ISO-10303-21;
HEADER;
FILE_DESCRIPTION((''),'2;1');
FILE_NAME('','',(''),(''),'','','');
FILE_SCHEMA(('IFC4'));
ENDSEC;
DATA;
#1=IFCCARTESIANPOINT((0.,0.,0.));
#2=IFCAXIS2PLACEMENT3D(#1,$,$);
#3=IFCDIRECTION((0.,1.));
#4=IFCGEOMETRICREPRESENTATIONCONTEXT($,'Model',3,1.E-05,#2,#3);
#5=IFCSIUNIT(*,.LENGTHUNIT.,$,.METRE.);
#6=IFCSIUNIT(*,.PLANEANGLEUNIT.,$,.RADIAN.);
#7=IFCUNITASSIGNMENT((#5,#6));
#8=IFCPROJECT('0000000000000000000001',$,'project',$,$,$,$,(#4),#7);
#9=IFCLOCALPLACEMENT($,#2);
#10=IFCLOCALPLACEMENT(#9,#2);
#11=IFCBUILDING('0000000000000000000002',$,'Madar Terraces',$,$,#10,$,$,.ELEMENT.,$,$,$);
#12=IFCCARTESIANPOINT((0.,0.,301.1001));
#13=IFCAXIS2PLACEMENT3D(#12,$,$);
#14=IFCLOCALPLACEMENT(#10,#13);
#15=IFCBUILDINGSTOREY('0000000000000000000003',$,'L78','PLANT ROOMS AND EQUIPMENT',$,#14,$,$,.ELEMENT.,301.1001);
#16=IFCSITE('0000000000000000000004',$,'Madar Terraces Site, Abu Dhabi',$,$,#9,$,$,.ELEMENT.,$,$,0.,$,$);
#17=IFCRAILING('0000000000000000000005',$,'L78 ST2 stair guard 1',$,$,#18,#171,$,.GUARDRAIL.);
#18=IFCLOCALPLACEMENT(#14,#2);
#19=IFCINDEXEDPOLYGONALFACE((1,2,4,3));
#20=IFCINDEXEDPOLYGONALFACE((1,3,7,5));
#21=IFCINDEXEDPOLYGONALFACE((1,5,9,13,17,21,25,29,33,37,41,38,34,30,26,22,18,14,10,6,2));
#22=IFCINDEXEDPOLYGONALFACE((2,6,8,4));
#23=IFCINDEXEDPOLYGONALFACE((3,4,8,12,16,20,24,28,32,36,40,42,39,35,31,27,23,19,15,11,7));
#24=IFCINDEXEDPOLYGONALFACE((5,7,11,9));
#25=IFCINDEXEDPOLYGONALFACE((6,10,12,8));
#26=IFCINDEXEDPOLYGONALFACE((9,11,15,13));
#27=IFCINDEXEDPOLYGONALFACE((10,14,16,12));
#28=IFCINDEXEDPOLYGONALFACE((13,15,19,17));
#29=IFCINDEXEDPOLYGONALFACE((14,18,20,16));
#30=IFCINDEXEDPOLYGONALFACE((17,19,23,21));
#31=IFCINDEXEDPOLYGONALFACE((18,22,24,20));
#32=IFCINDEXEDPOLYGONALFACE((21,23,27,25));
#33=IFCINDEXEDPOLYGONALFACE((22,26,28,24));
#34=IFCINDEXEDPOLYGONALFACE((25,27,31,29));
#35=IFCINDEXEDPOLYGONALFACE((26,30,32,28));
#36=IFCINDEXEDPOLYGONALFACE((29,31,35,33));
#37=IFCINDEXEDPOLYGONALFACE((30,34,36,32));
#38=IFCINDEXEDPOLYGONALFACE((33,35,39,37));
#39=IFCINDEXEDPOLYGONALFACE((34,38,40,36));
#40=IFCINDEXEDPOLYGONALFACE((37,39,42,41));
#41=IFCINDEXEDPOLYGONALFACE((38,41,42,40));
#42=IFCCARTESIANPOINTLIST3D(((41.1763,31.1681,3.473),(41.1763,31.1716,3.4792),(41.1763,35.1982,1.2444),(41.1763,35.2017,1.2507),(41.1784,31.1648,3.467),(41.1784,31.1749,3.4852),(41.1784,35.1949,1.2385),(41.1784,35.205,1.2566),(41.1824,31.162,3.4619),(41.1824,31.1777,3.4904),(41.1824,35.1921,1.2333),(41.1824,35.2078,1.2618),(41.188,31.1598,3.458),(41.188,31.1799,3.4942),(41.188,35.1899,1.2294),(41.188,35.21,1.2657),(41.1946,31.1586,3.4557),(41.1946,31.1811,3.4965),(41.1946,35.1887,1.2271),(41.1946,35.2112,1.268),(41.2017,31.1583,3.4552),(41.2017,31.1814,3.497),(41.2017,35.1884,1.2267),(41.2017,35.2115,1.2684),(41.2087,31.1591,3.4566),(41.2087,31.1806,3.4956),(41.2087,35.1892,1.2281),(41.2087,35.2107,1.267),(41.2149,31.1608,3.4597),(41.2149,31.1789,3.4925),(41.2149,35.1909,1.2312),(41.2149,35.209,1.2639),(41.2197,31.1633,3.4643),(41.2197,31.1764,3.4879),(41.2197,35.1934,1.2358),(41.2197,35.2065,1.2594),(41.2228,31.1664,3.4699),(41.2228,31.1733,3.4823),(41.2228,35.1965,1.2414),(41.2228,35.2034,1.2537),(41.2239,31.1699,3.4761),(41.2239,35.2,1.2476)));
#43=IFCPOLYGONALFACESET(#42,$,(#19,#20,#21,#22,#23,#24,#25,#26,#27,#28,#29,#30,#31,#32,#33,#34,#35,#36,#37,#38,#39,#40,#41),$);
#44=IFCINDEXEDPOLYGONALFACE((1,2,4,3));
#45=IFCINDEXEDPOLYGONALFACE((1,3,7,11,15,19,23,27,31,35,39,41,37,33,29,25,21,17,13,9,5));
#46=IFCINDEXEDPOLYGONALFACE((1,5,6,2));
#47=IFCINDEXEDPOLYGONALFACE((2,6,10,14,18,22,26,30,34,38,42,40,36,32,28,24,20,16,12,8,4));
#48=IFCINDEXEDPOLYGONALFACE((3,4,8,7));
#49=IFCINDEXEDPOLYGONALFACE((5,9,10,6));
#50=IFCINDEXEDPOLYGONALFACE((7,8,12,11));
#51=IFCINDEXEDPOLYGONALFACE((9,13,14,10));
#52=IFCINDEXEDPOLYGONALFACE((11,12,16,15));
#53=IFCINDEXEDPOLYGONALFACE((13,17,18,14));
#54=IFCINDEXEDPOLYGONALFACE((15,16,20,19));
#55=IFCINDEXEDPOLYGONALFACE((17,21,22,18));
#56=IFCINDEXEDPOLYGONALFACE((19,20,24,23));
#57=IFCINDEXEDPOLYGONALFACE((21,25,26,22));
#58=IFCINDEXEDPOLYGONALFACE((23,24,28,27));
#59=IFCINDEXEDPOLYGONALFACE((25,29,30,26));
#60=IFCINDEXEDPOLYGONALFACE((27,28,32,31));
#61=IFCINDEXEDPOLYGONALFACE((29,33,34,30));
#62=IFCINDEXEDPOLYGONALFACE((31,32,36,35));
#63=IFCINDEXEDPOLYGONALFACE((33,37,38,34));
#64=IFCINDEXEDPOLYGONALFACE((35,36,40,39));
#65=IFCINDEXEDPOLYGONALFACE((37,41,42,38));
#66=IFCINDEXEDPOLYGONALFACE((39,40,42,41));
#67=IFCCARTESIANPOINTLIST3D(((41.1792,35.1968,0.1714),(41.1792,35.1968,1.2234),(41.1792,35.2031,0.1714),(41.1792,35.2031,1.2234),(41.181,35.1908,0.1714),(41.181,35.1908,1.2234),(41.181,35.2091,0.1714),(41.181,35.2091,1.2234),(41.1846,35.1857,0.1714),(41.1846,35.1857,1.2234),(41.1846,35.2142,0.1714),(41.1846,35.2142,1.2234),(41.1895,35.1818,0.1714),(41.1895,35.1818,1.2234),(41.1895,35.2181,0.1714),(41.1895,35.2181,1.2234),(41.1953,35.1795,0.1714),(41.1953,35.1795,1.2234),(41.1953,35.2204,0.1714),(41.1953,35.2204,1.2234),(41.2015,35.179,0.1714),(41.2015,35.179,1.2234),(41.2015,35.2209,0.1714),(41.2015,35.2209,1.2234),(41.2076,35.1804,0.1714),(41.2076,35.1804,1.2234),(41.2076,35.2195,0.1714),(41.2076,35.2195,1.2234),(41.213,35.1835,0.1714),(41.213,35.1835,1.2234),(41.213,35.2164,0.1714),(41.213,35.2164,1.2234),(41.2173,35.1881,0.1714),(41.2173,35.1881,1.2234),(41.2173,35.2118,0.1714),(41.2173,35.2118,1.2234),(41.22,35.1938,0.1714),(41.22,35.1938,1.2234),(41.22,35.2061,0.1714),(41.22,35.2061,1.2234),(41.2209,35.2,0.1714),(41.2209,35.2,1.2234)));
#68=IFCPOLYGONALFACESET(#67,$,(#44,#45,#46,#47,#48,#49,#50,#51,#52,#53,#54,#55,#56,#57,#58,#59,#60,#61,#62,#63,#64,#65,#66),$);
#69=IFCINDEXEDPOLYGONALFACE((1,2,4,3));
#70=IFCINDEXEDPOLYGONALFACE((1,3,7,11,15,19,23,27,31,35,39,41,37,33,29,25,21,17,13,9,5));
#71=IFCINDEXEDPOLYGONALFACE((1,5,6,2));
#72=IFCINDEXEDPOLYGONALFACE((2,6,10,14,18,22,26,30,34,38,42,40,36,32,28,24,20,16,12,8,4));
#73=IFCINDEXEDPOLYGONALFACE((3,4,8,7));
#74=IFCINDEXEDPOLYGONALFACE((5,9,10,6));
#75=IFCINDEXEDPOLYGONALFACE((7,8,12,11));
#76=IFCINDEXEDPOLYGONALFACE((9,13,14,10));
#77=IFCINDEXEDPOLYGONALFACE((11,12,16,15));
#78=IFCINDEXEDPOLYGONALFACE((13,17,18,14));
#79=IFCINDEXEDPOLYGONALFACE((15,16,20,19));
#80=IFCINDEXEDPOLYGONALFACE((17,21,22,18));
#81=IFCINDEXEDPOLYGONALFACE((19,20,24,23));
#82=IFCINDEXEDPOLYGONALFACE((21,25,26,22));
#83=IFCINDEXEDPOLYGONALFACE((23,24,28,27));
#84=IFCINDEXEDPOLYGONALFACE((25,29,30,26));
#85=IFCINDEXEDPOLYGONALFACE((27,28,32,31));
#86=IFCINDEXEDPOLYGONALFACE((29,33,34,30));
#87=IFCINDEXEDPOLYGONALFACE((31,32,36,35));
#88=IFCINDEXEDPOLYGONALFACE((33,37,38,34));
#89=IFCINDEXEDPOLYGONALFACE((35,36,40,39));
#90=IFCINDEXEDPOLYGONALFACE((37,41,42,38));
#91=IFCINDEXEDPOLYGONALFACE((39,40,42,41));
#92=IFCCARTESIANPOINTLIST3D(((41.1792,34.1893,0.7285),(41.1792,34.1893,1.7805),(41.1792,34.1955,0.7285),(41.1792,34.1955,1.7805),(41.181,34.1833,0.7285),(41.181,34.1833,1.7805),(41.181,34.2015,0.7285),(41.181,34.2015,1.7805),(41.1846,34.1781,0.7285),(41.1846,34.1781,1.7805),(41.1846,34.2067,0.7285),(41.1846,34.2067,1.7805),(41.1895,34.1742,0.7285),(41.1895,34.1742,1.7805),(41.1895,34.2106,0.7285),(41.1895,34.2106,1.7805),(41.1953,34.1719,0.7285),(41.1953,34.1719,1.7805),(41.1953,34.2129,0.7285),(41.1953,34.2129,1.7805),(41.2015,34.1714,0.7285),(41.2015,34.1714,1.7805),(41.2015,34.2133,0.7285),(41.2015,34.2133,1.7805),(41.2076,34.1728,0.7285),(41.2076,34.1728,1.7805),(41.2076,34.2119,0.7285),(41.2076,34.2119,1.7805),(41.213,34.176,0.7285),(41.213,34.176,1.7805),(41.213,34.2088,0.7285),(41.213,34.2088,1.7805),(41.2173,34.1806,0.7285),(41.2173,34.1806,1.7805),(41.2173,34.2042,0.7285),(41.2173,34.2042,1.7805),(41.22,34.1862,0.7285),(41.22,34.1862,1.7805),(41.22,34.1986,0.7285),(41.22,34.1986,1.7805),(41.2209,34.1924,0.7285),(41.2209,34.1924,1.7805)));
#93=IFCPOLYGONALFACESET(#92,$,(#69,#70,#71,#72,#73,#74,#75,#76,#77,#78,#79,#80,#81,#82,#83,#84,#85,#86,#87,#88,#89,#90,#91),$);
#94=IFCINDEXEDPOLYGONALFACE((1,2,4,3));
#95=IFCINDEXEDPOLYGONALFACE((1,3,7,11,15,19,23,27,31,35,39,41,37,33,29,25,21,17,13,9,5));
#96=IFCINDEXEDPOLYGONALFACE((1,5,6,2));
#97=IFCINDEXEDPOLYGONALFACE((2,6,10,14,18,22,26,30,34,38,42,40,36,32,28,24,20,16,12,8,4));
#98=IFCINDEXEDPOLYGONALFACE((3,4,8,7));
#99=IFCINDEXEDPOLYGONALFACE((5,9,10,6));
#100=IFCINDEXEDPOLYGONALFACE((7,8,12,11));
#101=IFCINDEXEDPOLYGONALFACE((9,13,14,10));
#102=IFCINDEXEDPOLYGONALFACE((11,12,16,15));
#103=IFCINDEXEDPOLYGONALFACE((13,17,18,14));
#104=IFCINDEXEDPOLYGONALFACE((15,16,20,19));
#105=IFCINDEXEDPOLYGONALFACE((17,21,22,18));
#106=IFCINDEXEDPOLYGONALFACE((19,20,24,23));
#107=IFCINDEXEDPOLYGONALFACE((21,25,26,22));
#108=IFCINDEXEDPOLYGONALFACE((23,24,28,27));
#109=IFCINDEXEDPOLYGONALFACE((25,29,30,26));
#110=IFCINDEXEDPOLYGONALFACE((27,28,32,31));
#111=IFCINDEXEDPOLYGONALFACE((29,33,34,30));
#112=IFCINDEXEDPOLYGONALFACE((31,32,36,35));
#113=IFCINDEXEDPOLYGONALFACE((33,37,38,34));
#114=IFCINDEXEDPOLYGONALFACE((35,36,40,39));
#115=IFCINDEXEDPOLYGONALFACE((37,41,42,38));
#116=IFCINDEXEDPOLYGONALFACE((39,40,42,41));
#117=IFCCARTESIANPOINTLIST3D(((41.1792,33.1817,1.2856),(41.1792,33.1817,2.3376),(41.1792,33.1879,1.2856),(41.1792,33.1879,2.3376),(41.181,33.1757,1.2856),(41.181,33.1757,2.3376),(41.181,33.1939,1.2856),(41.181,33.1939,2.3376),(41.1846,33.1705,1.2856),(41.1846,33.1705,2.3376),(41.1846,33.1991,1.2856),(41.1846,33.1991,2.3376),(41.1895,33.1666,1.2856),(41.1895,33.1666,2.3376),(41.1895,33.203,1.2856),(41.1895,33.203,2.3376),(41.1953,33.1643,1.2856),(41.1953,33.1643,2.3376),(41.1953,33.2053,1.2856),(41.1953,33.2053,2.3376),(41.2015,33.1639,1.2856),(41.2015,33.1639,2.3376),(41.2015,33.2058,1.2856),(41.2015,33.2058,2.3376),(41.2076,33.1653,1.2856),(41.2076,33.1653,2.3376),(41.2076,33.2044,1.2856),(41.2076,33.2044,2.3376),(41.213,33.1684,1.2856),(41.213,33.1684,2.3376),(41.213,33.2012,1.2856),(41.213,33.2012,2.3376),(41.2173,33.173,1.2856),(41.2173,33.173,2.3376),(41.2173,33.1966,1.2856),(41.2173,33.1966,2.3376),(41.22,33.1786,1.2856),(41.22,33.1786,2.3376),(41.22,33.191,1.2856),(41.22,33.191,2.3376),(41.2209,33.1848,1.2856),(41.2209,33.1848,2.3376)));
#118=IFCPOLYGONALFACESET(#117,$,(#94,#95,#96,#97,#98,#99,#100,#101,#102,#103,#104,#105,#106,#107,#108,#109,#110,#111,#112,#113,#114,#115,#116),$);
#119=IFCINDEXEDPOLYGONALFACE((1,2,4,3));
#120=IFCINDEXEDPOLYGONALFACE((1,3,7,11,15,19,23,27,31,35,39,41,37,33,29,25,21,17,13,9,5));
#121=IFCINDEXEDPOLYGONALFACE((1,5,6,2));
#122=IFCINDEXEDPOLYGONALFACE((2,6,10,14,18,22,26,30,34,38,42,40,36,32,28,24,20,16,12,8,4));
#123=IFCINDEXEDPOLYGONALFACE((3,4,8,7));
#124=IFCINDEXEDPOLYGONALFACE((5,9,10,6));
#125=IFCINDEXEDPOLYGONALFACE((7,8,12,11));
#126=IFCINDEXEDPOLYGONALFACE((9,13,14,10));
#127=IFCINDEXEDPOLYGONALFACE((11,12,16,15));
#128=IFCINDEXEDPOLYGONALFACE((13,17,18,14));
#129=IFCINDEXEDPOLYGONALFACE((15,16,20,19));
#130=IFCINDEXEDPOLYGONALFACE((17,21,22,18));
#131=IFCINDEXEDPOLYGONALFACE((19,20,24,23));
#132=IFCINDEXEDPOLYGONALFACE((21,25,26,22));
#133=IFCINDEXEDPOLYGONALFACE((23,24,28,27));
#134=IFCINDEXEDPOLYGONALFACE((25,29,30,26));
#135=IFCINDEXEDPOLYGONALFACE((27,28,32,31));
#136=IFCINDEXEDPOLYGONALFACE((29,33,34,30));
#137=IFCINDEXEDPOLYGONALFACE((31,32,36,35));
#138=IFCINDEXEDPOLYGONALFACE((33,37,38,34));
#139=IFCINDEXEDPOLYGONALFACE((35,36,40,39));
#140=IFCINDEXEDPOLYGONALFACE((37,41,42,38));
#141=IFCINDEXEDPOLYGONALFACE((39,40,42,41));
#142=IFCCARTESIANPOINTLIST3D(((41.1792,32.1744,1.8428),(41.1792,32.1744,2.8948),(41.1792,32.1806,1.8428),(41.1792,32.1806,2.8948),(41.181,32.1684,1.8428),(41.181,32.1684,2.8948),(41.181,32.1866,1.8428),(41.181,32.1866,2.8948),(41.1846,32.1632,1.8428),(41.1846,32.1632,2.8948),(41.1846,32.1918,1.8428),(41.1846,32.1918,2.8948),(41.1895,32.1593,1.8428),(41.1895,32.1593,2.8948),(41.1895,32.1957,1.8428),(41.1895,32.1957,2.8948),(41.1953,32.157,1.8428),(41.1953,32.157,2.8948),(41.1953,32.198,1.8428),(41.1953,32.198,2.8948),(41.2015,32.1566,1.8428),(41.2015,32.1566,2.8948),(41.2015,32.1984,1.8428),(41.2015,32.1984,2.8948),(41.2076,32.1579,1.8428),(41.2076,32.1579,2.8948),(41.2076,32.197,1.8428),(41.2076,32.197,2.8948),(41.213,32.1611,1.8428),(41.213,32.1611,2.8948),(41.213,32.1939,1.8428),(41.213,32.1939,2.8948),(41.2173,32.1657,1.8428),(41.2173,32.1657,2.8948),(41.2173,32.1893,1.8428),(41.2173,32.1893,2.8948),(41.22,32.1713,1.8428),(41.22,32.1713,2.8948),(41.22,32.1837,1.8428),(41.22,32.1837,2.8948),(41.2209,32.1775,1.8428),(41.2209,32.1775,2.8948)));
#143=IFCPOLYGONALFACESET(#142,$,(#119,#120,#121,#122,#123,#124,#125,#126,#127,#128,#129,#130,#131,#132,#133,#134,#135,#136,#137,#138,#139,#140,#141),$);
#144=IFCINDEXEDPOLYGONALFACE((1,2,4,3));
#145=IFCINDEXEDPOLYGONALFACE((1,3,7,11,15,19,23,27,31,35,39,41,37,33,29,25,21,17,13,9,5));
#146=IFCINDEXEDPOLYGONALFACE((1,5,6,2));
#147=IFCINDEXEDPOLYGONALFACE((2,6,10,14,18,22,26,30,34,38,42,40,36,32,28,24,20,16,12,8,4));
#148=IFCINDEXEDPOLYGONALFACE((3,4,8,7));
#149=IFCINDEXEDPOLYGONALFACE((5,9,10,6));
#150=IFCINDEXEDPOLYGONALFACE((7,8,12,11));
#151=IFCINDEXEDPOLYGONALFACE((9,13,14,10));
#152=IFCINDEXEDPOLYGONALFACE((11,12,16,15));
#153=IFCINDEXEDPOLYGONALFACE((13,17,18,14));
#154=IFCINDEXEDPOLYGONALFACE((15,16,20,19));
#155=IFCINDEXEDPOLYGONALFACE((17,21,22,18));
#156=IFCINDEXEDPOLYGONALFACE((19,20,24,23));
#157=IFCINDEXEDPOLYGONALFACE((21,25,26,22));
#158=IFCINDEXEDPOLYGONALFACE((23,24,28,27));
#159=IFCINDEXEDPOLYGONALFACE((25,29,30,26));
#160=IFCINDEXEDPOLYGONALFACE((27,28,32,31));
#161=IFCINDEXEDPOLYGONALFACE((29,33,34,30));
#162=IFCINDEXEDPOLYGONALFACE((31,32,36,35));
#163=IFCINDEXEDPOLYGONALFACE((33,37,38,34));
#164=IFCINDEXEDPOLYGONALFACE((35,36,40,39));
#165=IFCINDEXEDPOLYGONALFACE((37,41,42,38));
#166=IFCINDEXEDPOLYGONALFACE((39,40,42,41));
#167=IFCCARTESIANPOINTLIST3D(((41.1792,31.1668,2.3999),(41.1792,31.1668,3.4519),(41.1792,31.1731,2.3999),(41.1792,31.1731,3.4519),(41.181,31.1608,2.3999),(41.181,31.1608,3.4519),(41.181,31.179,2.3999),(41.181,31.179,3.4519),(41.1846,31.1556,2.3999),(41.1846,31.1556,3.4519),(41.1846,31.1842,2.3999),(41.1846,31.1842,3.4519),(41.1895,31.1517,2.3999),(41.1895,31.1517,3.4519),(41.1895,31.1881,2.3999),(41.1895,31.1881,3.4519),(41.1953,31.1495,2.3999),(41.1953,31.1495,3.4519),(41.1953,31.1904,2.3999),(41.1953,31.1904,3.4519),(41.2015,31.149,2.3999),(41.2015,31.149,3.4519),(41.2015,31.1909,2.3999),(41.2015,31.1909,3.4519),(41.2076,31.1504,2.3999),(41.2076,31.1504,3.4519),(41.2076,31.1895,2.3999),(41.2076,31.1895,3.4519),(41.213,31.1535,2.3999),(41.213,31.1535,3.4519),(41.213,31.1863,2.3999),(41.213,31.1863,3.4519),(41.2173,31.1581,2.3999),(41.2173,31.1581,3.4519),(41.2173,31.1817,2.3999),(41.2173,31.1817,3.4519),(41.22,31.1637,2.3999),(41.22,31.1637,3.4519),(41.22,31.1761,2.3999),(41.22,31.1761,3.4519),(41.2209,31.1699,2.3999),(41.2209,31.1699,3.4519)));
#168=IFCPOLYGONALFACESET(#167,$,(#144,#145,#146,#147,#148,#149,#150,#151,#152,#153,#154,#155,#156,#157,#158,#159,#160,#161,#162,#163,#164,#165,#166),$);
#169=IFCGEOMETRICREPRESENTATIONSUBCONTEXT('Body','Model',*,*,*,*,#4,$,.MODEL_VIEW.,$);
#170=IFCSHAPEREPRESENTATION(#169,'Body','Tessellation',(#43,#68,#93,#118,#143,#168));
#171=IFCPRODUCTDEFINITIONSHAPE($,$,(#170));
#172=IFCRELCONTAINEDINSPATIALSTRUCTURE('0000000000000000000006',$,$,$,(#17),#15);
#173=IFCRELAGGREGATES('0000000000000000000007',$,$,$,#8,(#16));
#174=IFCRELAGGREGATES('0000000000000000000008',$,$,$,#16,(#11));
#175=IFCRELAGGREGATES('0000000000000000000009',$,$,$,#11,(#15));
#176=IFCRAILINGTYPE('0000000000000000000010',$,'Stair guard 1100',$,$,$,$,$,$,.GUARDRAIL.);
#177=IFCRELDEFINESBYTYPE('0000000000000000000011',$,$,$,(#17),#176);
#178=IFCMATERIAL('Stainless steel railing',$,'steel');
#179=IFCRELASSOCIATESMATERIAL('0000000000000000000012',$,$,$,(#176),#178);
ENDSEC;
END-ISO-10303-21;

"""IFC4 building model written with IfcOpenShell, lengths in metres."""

from ifc_helpers import new_model, si_unit, direction, frame, origin, origin_2d, place, context, subcontext, project, spatial, circle, extrude, material, type_object, element, save


model = new_model("IFC4")

# Units and contexts
model_context = context("Model", 3, precision=1e-05, world=origin(), true_north=direction((0.0, 1.0)))
body_context = subcontext(model_context, "Body", "Model", "MODEL_VIEW")
ifc_project = project(units=[si_unit("LENGTHUNIT", "METRE"), si_unit("PLANEANGLEUNIT", "RADIAN")], contexts=[model_context])

# Site, building, storey
site_placement = place(None, origin())
site = spatial("IfcSite", under=ifc_project, at=site_placement, Name="Madar Terraces Site, Abu Dhabi", CompositionType="ELEMENT", RefElevation=0.0)
building_placement = place(site_placement, origin())
building = spatial("IfcBuilding", under=site, at=building_placement, Name="Madar Terraces", CompositionType="ELEMENT")
storey_placement = place(building_placement, frame((0.0, 0.0, 301.1001)))
storey = spatial("IfcBuildingStorey", under=building, at=storey_placement, Name="L78", Description="PLANT ROOMS AND EQUIPMENT", CompositionType="ELEMENT", Elevation=301.1001)

# Railing
ifc_material_1 = material(Name="Stainless steel railing", Category="steel")
railing_type_1 = type_object("IfcRailingType", Name="Stair guard 1100", PredefinedType="GUARDRAIL", material=ifc_material_1)
railing_1_placement = place(storey_placement, frame((41.2, 35.2, 0.1714)))
element("IfcRailing", 1, at=railing_1_placement, inside=storey, type_object=railing_type_1, Name="L78 ST2 stair guard 1", PredefinedType="GUARDRAIL", context=body_context, shape_type="SweptSolid", body=[
    extrude(circle(Radius=0.0239, at=origin_2d()), frame((0.0, 0.0, 1.0762), z_axis=(0.0, -0.875113, 0.483918), x_axis=(1.0, 0.0, 0.0)), (0.0, 0.0, 1.0), 4.6052),
    extrude(circle(Radius=0.021, at=origin_2d()), origin(), (0.0, 0.0, 1.0), 1.052),
    extrude(circle(Radius=0.021, at=origin_2d()), frame((0.0, -1.0076, 0.5571)), (0.0, 0.0, 1.0), 1.052),
    extrude(circle(Radius=0.021, at=origin_2d()), frame((0.0, -2.0151, 1.1143)), (0.0, 0.0, 1.0), 1.052),
    extrude(circle(Radius=0.021, at=origin_2d()), frame((0.0, -3.0225, 1.6714)), (0.0, 0.0, 1.0), 1.052),
    extrude(circle(Radius=0.021, at=origin_2d()), frame((0.0, -4.03, 2.2285)), (0.0, 0.0, 1.0), 1.052),
])

save(model, "model.ifc")
